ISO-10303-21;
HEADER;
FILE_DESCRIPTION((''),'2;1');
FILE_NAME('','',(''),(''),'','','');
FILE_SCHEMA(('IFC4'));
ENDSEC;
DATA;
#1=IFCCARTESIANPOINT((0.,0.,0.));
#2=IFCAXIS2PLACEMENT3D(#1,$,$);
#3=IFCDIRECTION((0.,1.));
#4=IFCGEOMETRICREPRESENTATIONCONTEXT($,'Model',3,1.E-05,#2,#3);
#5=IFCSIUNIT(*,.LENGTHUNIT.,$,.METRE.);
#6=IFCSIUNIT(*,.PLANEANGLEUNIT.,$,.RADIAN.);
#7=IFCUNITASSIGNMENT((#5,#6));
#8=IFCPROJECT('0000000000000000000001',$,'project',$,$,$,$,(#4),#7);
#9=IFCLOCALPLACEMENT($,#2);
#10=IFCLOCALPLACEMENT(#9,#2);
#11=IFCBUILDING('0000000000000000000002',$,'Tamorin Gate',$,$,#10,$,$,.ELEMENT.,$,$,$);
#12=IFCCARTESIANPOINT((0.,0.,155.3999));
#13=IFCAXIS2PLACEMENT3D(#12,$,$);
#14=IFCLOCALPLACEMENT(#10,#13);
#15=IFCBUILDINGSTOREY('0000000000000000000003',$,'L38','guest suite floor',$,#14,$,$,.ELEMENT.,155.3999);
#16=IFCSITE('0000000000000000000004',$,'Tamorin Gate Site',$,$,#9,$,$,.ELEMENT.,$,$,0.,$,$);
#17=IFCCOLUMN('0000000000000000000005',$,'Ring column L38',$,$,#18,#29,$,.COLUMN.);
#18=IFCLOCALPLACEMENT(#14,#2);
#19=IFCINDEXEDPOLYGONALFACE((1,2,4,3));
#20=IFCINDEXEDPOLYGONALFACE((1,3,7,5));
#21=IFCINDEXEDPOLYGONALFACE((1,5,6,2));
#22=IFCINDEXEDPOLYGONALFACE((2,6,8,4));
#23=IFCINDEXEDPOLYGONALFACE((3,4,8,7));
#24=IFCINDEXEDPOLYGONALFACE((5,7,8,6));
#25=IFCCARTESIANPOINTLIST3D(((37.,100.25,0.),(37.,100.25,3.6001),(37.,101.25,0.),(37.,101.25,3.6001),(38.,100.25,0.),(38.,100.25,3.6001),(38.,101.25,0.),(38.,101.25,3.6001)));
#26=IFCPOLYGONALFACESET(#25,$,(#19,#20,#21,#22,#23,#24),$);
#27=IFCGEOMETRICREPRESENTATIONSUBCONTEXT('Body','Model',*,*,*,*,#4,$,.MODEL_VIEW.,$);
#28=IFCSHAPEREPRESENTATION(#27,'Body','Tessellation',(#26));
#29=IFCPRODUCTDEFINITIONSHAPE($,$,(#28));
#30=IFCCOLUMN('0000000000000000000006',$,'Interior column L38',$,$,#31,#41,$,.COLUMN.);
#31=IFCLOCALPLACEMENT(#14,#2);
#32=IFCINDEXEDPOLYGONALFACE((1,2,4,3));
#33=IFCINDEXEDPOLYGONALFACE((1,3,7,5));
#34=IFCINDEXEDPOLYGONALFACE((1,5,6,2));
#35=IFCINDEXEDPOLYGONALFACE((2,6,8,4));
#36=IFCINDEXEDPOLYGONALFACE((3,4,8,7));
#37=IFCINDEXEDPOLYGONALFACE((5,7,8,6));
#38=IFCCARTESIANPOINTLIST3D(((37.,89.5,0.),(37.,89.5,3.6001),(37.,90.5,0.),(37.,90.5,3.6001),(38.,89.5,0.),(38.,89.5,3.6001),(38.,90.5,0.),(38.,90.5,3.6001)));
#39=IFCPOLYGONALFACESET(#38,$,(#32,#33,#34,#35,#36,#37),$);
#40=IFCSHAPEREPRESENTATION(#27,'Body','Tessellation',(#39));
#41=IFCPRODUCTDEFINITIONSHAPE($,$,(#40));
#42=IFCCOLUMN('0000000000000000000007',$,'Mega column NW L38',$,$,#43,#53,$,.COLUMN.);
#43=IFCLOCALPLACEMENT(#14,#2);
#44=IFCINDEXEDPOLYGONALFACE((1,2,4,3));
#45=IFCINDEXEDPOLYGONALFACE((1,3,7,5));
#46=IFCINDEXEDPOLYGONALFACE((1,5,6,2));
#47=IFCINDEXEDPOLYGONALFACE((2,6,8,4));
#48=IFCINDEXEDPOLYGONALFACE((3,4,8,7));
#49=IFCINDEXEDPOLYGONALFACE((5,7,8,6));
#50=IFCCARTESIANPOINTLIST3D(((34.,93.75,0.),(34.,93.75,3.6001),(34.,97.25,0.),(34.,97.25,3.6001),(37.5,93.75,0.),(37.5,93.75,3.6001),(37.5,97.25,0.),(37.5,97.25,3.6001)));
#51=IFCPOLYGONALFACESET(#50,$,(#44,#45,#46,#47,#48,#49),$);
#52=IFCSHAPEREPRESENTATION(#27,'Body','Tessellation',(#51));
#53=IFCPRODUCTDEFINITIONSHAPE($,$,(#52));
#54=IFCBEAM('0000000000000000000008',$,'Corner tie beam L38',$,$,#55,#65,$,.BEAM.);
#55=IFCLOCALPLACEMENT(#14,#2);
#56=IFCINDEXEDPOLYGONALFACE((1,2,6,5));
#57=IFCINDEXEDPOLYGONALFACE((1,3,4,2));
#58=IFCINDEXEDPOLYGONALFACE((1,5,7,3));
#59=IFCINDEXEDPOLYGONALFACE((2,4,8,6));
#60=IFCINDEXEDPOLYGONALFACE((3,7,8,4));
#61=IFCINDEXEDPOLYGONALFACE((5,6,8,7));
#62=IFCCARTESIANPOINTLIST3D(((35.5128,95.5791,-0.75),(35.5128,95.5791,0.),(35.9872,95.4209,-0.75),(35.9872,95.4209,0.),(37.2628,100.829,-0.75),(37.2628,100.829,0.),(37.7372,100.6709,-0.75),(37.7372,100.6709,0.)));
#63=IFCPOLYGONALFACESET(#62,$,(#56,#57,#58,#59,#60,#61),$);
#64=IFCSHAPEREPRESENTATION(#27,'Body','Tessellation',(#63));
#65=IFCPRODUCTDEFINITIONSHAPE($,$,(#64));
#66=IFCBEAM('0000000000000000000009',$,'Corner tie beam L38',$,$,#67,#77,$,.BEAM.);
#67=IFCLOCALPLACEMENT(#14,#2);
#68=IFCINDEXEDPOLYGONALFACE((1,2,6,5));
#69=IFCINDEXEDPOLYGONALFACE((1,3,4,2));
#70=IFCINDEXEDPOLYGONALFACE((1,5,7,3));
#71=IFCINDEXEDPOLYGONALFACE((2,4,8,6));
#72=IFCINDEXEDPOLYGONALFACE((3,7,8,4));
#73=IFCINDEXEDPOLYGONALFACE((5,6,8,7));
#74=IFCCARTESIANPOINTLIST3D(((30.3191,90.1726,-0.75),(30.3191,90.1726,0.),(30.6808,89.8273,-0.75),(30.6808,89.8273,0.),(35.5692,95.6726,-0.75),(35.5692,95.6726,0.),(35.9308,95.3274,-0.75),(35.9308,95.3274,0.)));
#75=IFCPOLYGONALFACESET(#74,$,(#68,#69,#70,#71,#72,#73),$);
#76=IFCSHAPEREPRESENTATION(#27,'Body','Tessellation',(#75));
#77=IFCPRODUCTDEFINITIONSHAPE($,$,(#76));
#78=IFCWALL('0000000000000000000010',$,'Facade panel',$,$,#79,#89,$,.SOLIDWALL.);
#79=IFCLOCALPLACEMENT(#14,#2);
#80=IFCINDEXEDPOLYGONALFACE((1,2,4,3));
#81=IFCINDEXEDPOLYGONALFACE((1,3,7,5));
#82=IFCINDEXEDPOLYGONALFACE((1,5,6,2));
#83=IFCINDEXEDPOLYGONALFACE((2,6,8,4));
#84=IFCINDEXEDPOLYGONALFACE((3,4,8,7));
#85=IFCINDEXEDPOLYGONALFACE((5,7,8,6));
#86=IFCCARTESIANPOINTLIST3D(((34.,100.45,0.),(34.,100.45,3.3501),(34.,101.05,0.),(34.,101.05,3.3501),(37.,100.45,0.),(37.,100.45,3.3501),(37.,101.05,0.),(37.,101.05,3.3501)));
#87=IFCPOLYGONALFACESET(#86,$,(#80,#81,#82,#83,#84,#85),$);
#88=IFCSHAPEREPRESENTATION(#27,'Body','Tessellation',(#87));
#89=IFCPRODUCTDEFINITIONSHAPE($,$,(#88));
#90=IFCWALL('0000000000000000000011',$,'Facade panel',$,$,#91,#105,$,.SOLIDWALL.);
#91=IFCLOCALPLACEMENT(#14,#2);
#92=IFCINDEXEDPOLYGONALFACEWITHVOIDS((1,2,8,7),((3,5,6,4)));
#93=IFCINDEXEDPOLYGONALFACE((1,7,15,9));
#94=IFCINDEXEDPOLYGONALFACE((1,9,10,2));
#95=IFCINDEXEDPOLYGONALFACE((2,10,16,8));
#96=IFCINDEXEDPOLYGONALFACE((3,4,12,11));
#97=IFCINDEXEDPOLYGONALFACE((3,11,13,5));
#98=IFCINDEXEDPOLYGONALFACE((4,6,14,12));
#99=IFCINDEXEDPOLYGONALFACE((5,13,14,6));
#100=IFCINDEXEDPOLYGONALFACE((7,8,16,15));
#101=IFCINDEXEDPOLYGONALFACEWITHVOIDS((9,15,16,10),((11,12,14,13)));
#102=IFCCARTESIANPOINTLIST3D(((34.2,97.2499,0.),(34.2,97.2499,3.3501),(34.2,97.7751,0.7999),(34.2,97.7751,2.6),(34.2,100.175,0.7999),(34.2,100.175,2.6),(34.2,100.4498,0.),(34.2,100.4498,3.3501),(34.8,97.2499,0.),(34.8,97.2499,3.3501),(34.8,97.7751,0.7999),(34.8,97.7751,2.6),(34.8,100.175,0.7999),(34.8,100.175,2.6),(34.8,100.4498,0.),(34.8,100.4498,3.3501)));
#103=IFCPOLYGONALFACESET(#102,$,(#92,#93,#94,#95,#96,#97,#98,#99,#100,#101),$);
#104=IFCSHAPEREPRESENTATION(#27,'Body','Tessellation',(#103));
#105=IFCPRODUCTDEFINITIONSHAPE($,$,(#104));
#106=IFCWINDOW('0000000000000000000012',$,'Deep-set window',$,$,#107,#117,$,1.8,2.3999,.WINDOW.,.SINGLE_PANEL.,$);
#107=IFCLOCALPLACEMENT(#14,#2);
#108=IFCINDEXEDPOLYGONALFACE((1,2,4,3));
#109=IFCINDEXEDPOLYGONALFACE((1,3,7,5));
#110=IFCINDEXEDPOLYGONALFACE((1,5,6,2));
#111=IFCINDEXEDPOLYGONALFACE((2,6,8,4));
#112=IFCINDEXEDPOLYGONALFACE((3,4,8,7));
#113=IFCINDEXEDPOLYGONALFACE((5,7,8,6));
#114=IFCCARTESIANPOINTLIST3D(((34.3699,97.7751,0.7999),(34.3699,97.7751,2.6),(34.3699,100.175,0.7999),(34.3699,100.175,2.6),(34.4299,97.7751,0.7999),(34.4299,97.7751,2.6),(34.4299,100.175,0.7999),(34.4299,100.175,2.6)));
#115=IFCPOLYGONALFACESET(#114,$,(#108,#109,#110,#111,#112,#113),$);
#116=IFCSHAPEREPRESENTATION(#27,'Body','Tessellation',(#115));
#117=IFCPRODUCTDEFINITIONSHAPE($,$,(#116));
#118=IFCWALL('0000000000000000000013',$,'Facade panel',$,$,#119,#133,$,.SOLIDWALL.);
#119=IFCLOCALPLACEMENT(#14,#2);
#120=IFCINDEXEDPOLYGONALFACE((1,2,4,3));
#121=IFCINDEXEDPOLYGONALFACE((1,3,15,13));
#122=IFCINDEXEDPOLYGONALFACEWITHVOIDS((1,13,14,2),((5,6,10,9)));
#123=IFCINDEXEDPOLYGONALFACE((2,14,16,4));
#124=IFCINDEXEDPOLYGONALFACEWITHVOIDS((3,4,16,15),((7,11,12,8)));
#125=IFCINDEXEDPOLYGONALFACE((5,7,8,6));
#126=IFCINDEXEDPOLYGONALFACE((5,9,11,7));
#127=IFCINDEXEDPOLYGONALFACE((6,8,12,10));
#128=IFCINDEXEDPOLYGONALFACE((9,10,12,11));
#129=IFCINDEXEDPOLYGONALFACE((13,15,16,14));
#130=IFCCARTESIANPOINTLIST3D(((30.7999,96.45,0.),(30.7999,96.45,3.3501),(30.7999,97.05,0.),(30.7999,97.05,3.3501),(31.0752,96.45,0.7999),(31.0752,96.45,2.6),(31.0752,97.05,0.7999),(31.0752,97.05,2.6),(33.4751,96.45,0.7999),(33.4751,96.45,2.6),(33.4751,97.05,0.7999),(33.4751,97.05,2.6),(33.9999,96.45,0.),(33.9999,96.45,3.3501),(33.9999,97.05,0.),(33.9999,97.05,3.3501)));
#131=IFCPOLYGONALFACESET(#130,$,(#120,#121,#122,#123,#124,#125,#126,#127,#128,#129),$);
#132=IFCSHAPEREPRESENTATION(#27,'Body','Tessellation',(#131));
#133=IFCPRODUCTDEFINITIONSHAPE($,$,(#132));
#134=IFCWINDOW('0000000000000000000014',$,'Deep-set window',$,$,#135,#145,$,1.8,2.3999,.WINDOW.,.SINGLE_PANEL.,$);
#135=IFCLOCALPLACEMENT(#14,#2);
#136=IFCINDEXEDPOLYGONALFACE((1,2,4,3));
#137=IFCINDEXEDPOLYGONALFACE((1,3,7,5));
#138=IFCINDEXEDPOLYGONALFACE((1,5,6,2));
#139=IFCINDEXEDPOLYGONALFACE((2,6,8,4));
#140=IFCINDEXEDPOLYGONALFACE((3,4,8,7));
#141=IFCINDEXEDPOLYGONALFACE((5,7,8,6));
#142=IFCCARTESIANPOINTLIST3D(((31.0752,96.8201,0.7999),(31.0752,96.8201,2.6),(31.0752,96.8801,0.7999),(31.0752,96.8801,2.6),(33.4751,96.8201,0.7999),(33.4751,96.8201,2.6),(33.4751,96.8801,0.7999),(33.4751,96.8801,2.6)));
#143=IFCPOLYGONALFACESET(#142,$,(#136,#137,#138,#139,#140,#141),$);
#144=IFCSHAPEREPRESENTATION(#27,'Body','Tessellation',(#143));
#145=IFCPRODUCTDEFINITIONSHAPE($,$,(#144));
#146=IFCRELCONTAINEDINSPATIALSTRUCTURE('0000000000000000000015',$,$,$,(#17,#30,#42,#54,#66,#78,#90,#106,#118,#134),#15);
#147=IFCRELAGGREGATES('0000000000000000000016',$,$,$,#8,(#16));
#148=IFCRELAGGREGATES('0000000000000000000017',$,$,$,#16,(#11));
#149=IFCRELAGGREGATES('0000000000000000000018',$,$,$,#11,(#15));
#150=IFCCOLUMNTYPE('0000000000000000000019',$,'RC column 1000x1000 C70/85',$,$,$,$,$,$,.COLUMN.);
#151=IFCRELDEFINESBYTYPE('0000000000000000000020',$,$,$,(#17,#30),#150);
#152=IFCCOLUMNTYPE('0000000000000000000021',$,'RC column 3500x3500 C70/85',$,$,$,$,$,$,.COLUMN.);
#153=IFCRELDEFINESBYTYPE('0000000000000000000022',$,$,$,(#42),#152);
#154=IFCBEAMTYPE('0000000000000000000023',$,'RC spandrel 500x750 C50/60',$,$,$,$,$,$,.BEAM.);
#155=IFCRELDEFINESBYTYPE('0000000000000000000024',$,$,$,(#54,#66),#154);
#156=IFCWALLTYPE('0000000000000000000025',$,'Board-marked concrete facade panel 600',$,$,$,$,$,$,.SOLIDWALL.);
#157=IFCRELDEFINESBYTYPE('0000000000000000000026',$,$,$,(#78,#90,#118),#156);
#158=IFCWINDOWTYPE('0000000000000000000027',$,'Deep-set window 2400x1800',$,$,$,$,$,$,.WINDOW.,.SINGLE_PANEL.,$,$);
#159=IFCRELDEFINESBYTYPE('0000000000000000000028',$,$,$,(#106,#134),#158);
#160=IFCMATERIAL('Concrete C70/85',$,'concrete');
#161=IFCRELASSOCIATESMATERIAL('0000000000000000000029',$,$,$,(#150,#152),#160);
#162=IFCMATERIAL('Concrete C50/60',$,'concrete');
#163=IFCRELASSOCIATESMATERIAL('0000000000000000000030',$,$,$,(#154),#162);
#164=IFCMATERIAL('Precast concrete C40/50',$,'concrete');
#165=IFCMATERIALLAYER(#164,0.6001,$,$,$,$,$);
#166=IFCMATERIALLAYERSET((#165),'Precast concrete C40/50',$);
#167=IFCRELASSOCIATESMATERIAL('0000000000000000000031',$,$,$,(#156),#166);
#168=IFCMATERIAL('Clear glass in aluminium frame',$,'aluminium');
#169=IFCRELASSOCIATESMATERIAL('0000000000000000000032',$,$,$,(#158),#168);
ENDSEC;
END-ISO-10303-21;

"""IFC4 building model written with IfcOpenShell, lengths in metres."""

from ifc_helpers import new_model, si_unit, direction, frame, frame_2d, origin, origin_2d, place, context, subcontext, project, spatial, rectangle, extrude, material, layer, layer_set, material_profile, profile_set, type_object, element, fill, save


model = new_model("IFC4")

# Units and contexts
model_context = context("Model", 3, precision=1e-05, world=origin(), true_north=direction((0.0, 1.0)))
body_context = subcontext(model_context, "Body", "Model", "MODEL_VIEW")
ifc_project = project(units=[si_unit("LENGTHUNIT", "METRE"), si_unit("PLANEANGLEUNIT", "RADIAN")], contexts=[model_context])

# Site, building, storey
site_placement = place(None, origin())
site = spatial("IfcSite", under=ifc_project, at=site_placement, Name="Tamorin Gate Site", CompositionType="ELEMENT", RefElevation=0.0)
building_placement = place(site_placement, origin())
building = spatial("IfcBuilding", under=site, at=building_placement, Name="Tamorin Gate", CompositionType="ELEMENT")
storey_placement = place(building_placement, frame((0.0, 0.0, 155.3999)))
storey = spatial("IfcBuildingStorey", under=building, at=storey_placement, Name="L38", Description="guest suite floor", CompositionType="ELEMENT", Elevation=155.3999)

# Columns
ifc_material_1 = material(Name="Concrete C70/85", Category="concrete")
ifc_material_profile_1 = material_profile(ifc_material_1, rectangle(XDim=1.0, YDim=1.0, at=origin_2d()), Name="RC 1000x1000")
ifc_profile_set_1 = profile_set([ifc_material_profile_1], Name="Concrete C70/85")
column_type_1 = type_object("IfcColumnType", Name="RC column 1000x1000 C70/85", PredefinedType="COLUMN", material=ifc_profile_set_1)
for number, where, z_axis, x_axis, name in (
    (1, (37.5, 100.75, 0.0), (0.0, 0.0, 1.0), (1.0, 0.0, 0.0), "Ring column L38"),
    (2, (37.5, 90.0, 0.0), (0.0, 0.0, 1.0), (1.0, 0.0, 0.0), "Interior column L38"),
):
    element("IfcColumn", number, at=place(storey_placement, frame(where, z_axis=z_axis, x_axis=x_axis)), inside=storey, type_object=column_type_1, Name=name, PredefinedType="COLUMN", context=body_context, shape_type="SweptSolid", body=[
        extrude(rectangle(XDim=1.0, YDim=1.0, at=origin_2d()), origin(), (0.0, 0.0, 1.0), 3.6001),
    ])
ifc_material_profile_2 = material_profile(ifc_material_1, rectangle(XDim=3.5, YDim=3.5, at=origin_2d()), Name="RC 3500x3500")
ifc_profile_set_2 = profile_set([ifc_material_profile_2], Name="Concrete C70/85")
column_type_2 = type_object("IfcColumnType", Name="RC column 3500x3500 C70/85", PredefinedType="COLUMN", material=ifc_profile_set_2)
column_placement = place(storey_placement, frame((35.75, 95.5, 0.0), z_axis=(0.0, 0.0, 1.0), x_axis=(1.0, 0.0, 0.0)))
element("IfcColumn", 3, at=column_placement, inside=storey, type_object=column_type_2, Name="Mega column NW L38", PredefinedType="COLUMN", context=body_context, shape_type="SweptSolid", body=[
    extrude(rectangle(XDim=3.5, YDim=3.5, at=origin_2d()), origin(), (0.0, 0.0, 1.0), 3.6001),
])

# Beams
ifc_material_2 = material(Name="Concrete C50/60", Category="concrete")
ifc_material_profile_3 = material_profile(ifc_material_2, rectangle(XDim=0.5, YDim=0.75, at=origin_2d()), Name="RC 500x750")
ifc_profile_set_3 = profile_set([ifc_material_profile_3], Name="Concrete C50/60")
beam_type = type_object("IfcBeamType", Name="RC spandrel 500x750 C50/60", PredefinedType="BEAM", material=ifc_profile_set_3)
beam_1_placement = place(storey_placement, frame((35.75, 95.5, -0.375), z_axis=(0.316228, 0.948683, 0.0), x_axis=(-0.948683, 0.316228, 0.0)))
element("IfcBeam", 4, at=beam_1_placement, inside=storey, type_object=beam_type, Name="Corner tie beam L38", PredefinedType="BEAM", context=body_context, shape_type="SweptSolid", body=[
    extrude(rectangle(XDim=0.5, YDim=0.75, at=origin_2d()), origin(), (0.0, 0.0, 1.0), 5.5339),
])
beam_2_placement = place(storey_placement, frame((35.75, 95.5, -0.375), z_axis=(-0.690476, -0.723356, 0.0), x_axis=(0.723356, -0.690476, 0.0)))
element("IfcBeam", 5, at=beam_2_placement, inside=storey, type_object=beam_type, Name="Corner tie beam L38", PredefinedType="BEAM", context=body_context, shape_type="SweptSolid", body=[
    extrude(rectangle(XDim=0.5, YDim=0.75, at=origin_2d()), origin(), (0.0, 0.0, 1.0), 7.6035),
])

# Wall
ifc_material_3 = material(Name="Precast concrete C40/50", Category="concrete")
ifc_layer_1 = layer(ifc_material_3, 0.6001)
ifc_layer_set_1 = layer_set([ifc_layer_1], Name="Precast concrete C40/50")
wall_type_1 = type_object("IfcWallType", Name="Board-marked concrete facade panel 600", PredefinedType="SOLIDWALL", material=ifc_layer_set_1)
wall_1_placement = place(storey_placement, frame((37.0, 100.75, 0.0), z_axis=(0.0, 0.0, 1.0), x_axis=(-1.0, 0.0, 0.0)))
element("IfcWall", 6, at=wall_1_placement, inside=storey, type_object=wall_type_1, Name="Facade panel", PredefinedType="SOLIDWALL", context=body_context, shape_type="SweptSolid", body=[
    extrude(rectangle(XDim=3.0, YDim=0.6001, at=frame_2d((1.5, 0.0))), origin(), (0.0, 0.0, 1.0), 3.3501),
])

# Walls, openings, windows
wall_2_placement = place(storey_placement, frame((34.5, 100.45, 0.0), z_axis=(0.0, 0.0, 1.0), x_axis=(0.0, -1.0, 0.0)))
wall_2 = element("IfcWall", 7, at=wall_2_placement, inside=storey, type_object=wall_type_1, Name="Facade panel", PredefinedType="SOLIDWALL", context=body_context, shape_type="SweptSolid", body=[
    extrude(rectangle(XDim=3.2, YDim=0.6001, at=frame_2d((1.6001, 0.0))), origin(), (0.0, 0.0, 1.0), 3.3501),
])
opening_1_placement = place(wall_2_placement, frame((0.2749, 0.0, 0.8)))
opening_1 = element("IfcOpeningElement", 8, at=opening_1_placement, cuts=wall_2, PredefinedType="OPENING", context=body_context, shape_type="SweptSolid", body=[
    extrude(rectangle(XDim=2.3999, YDim=1.8, at=frame_2d((1.2, 0.8999))), frame((0.0, 0.3101, 0.0), z_axis=(0.0, -1.0, 0.0), x_axis=(1.0, 0.0, 0.0)), (0.0, 0.0, 1.0), 0.6201),
])
ifc_material_4 = material(Name="Clear glass in aluminium frame", Category="aluminium")
window_type_1 = type_object("IfcWindowType", Name="Deep-set window 2400x1800", PartitioningType="SINGLE_PANEL", PredefinedType="WINDOW", material=ifc_material_4)
window_1_placement = place(opening_1_placement, origin())
window_1 = element("IfcWindow", 9, at=window_1_placement, inside=storey, type_object=window_type_1, Name="Deep-set window", OverallHeight=1.8, OverallWidth=2.3999, PartitioningType="SINGLE_PANEL", PredefinedType="WINDOW", context=body_context, shape_type="SweptSolid", body=[
    extrude(rectangle(XDim=2.3999, YDim=1.8, at=frame_2d((1.2, 0.8999))), frame((0.0, -0.0701, 0.0), z_axis=(0.0, -1.0, 0.0), x_axis=(1.0, 0.0, 0.0)), (0.0, 0.0, 1.0), 0.0601),
])
fill(opening_1, window_1)
wall_3_placement = place(storey_placement, frame((34.0, 96.75, 0.0), z_axis=(0.0, 0.0, 1.0), x_axis=(-1.0, 0.0, 0.0)))
wall_3 = element("IfcWall", 10, at=wall_3_placement, inside=storey, type_object=wall_type_1, Name="Facade panel", PredefinedType="SOLIDWALL", context=body_context, shape_type="SweptSolid", body=[
    extrude(rectangle(XDim=3.2, YDim=0.6001, at=frame_2d((1.6001, 0.0))), origin(), (0.0, 0.0, 1.0), 3.3501),
])
opening_2_placement = place(wall_3_placement, frame((0.5249, 0.0, 0.8)))
opening_2 = element("IfcOpeningElement", 11, at=opening_2_placement, cuts=wall_3, PredefinedType="OPENING", context=body_context, shape_type="SweptSolid", body=[
    extrude(rectangle(XDim=2.3999, YDim=1.8, at=frame_2d((1.2, 0.8999))), frame((0.0, 0.3101, 0.0), z_axis=(0.0, -1.0, 0.0), x_axis=(1.0, 0.0, 0.0)), (0.0, 0.0, 1.0), 0.6201),
])
window_2_placement = place(opening_2_placement, origin())
window_2 = element("IfcWindow", 12, at=window_2_placement, inside=storey, type_object=window_type_1, Name="Deep-set window", OverallHeight=1.8, OverallWidth=2.3999, PartitioningType="SINGLE_PANEL", PredefinedType="WINDOW", context=body_context, shape_type="SweptSolid", body=[
    extrude(rectangle(XDim=2.3999, YDim=1.8, at=frame_2d((1.2, 0.8999))), frame((0.0, -0.0701, 0.0), z_axis=(0.0, -1.0, 0.0), x_axis=(1.0, 0.0, 0.0)), (0.0, 0.0, 1.0), 0.0601),
])
fill(opening_2, window_2)

save(model, "model.ifc")
